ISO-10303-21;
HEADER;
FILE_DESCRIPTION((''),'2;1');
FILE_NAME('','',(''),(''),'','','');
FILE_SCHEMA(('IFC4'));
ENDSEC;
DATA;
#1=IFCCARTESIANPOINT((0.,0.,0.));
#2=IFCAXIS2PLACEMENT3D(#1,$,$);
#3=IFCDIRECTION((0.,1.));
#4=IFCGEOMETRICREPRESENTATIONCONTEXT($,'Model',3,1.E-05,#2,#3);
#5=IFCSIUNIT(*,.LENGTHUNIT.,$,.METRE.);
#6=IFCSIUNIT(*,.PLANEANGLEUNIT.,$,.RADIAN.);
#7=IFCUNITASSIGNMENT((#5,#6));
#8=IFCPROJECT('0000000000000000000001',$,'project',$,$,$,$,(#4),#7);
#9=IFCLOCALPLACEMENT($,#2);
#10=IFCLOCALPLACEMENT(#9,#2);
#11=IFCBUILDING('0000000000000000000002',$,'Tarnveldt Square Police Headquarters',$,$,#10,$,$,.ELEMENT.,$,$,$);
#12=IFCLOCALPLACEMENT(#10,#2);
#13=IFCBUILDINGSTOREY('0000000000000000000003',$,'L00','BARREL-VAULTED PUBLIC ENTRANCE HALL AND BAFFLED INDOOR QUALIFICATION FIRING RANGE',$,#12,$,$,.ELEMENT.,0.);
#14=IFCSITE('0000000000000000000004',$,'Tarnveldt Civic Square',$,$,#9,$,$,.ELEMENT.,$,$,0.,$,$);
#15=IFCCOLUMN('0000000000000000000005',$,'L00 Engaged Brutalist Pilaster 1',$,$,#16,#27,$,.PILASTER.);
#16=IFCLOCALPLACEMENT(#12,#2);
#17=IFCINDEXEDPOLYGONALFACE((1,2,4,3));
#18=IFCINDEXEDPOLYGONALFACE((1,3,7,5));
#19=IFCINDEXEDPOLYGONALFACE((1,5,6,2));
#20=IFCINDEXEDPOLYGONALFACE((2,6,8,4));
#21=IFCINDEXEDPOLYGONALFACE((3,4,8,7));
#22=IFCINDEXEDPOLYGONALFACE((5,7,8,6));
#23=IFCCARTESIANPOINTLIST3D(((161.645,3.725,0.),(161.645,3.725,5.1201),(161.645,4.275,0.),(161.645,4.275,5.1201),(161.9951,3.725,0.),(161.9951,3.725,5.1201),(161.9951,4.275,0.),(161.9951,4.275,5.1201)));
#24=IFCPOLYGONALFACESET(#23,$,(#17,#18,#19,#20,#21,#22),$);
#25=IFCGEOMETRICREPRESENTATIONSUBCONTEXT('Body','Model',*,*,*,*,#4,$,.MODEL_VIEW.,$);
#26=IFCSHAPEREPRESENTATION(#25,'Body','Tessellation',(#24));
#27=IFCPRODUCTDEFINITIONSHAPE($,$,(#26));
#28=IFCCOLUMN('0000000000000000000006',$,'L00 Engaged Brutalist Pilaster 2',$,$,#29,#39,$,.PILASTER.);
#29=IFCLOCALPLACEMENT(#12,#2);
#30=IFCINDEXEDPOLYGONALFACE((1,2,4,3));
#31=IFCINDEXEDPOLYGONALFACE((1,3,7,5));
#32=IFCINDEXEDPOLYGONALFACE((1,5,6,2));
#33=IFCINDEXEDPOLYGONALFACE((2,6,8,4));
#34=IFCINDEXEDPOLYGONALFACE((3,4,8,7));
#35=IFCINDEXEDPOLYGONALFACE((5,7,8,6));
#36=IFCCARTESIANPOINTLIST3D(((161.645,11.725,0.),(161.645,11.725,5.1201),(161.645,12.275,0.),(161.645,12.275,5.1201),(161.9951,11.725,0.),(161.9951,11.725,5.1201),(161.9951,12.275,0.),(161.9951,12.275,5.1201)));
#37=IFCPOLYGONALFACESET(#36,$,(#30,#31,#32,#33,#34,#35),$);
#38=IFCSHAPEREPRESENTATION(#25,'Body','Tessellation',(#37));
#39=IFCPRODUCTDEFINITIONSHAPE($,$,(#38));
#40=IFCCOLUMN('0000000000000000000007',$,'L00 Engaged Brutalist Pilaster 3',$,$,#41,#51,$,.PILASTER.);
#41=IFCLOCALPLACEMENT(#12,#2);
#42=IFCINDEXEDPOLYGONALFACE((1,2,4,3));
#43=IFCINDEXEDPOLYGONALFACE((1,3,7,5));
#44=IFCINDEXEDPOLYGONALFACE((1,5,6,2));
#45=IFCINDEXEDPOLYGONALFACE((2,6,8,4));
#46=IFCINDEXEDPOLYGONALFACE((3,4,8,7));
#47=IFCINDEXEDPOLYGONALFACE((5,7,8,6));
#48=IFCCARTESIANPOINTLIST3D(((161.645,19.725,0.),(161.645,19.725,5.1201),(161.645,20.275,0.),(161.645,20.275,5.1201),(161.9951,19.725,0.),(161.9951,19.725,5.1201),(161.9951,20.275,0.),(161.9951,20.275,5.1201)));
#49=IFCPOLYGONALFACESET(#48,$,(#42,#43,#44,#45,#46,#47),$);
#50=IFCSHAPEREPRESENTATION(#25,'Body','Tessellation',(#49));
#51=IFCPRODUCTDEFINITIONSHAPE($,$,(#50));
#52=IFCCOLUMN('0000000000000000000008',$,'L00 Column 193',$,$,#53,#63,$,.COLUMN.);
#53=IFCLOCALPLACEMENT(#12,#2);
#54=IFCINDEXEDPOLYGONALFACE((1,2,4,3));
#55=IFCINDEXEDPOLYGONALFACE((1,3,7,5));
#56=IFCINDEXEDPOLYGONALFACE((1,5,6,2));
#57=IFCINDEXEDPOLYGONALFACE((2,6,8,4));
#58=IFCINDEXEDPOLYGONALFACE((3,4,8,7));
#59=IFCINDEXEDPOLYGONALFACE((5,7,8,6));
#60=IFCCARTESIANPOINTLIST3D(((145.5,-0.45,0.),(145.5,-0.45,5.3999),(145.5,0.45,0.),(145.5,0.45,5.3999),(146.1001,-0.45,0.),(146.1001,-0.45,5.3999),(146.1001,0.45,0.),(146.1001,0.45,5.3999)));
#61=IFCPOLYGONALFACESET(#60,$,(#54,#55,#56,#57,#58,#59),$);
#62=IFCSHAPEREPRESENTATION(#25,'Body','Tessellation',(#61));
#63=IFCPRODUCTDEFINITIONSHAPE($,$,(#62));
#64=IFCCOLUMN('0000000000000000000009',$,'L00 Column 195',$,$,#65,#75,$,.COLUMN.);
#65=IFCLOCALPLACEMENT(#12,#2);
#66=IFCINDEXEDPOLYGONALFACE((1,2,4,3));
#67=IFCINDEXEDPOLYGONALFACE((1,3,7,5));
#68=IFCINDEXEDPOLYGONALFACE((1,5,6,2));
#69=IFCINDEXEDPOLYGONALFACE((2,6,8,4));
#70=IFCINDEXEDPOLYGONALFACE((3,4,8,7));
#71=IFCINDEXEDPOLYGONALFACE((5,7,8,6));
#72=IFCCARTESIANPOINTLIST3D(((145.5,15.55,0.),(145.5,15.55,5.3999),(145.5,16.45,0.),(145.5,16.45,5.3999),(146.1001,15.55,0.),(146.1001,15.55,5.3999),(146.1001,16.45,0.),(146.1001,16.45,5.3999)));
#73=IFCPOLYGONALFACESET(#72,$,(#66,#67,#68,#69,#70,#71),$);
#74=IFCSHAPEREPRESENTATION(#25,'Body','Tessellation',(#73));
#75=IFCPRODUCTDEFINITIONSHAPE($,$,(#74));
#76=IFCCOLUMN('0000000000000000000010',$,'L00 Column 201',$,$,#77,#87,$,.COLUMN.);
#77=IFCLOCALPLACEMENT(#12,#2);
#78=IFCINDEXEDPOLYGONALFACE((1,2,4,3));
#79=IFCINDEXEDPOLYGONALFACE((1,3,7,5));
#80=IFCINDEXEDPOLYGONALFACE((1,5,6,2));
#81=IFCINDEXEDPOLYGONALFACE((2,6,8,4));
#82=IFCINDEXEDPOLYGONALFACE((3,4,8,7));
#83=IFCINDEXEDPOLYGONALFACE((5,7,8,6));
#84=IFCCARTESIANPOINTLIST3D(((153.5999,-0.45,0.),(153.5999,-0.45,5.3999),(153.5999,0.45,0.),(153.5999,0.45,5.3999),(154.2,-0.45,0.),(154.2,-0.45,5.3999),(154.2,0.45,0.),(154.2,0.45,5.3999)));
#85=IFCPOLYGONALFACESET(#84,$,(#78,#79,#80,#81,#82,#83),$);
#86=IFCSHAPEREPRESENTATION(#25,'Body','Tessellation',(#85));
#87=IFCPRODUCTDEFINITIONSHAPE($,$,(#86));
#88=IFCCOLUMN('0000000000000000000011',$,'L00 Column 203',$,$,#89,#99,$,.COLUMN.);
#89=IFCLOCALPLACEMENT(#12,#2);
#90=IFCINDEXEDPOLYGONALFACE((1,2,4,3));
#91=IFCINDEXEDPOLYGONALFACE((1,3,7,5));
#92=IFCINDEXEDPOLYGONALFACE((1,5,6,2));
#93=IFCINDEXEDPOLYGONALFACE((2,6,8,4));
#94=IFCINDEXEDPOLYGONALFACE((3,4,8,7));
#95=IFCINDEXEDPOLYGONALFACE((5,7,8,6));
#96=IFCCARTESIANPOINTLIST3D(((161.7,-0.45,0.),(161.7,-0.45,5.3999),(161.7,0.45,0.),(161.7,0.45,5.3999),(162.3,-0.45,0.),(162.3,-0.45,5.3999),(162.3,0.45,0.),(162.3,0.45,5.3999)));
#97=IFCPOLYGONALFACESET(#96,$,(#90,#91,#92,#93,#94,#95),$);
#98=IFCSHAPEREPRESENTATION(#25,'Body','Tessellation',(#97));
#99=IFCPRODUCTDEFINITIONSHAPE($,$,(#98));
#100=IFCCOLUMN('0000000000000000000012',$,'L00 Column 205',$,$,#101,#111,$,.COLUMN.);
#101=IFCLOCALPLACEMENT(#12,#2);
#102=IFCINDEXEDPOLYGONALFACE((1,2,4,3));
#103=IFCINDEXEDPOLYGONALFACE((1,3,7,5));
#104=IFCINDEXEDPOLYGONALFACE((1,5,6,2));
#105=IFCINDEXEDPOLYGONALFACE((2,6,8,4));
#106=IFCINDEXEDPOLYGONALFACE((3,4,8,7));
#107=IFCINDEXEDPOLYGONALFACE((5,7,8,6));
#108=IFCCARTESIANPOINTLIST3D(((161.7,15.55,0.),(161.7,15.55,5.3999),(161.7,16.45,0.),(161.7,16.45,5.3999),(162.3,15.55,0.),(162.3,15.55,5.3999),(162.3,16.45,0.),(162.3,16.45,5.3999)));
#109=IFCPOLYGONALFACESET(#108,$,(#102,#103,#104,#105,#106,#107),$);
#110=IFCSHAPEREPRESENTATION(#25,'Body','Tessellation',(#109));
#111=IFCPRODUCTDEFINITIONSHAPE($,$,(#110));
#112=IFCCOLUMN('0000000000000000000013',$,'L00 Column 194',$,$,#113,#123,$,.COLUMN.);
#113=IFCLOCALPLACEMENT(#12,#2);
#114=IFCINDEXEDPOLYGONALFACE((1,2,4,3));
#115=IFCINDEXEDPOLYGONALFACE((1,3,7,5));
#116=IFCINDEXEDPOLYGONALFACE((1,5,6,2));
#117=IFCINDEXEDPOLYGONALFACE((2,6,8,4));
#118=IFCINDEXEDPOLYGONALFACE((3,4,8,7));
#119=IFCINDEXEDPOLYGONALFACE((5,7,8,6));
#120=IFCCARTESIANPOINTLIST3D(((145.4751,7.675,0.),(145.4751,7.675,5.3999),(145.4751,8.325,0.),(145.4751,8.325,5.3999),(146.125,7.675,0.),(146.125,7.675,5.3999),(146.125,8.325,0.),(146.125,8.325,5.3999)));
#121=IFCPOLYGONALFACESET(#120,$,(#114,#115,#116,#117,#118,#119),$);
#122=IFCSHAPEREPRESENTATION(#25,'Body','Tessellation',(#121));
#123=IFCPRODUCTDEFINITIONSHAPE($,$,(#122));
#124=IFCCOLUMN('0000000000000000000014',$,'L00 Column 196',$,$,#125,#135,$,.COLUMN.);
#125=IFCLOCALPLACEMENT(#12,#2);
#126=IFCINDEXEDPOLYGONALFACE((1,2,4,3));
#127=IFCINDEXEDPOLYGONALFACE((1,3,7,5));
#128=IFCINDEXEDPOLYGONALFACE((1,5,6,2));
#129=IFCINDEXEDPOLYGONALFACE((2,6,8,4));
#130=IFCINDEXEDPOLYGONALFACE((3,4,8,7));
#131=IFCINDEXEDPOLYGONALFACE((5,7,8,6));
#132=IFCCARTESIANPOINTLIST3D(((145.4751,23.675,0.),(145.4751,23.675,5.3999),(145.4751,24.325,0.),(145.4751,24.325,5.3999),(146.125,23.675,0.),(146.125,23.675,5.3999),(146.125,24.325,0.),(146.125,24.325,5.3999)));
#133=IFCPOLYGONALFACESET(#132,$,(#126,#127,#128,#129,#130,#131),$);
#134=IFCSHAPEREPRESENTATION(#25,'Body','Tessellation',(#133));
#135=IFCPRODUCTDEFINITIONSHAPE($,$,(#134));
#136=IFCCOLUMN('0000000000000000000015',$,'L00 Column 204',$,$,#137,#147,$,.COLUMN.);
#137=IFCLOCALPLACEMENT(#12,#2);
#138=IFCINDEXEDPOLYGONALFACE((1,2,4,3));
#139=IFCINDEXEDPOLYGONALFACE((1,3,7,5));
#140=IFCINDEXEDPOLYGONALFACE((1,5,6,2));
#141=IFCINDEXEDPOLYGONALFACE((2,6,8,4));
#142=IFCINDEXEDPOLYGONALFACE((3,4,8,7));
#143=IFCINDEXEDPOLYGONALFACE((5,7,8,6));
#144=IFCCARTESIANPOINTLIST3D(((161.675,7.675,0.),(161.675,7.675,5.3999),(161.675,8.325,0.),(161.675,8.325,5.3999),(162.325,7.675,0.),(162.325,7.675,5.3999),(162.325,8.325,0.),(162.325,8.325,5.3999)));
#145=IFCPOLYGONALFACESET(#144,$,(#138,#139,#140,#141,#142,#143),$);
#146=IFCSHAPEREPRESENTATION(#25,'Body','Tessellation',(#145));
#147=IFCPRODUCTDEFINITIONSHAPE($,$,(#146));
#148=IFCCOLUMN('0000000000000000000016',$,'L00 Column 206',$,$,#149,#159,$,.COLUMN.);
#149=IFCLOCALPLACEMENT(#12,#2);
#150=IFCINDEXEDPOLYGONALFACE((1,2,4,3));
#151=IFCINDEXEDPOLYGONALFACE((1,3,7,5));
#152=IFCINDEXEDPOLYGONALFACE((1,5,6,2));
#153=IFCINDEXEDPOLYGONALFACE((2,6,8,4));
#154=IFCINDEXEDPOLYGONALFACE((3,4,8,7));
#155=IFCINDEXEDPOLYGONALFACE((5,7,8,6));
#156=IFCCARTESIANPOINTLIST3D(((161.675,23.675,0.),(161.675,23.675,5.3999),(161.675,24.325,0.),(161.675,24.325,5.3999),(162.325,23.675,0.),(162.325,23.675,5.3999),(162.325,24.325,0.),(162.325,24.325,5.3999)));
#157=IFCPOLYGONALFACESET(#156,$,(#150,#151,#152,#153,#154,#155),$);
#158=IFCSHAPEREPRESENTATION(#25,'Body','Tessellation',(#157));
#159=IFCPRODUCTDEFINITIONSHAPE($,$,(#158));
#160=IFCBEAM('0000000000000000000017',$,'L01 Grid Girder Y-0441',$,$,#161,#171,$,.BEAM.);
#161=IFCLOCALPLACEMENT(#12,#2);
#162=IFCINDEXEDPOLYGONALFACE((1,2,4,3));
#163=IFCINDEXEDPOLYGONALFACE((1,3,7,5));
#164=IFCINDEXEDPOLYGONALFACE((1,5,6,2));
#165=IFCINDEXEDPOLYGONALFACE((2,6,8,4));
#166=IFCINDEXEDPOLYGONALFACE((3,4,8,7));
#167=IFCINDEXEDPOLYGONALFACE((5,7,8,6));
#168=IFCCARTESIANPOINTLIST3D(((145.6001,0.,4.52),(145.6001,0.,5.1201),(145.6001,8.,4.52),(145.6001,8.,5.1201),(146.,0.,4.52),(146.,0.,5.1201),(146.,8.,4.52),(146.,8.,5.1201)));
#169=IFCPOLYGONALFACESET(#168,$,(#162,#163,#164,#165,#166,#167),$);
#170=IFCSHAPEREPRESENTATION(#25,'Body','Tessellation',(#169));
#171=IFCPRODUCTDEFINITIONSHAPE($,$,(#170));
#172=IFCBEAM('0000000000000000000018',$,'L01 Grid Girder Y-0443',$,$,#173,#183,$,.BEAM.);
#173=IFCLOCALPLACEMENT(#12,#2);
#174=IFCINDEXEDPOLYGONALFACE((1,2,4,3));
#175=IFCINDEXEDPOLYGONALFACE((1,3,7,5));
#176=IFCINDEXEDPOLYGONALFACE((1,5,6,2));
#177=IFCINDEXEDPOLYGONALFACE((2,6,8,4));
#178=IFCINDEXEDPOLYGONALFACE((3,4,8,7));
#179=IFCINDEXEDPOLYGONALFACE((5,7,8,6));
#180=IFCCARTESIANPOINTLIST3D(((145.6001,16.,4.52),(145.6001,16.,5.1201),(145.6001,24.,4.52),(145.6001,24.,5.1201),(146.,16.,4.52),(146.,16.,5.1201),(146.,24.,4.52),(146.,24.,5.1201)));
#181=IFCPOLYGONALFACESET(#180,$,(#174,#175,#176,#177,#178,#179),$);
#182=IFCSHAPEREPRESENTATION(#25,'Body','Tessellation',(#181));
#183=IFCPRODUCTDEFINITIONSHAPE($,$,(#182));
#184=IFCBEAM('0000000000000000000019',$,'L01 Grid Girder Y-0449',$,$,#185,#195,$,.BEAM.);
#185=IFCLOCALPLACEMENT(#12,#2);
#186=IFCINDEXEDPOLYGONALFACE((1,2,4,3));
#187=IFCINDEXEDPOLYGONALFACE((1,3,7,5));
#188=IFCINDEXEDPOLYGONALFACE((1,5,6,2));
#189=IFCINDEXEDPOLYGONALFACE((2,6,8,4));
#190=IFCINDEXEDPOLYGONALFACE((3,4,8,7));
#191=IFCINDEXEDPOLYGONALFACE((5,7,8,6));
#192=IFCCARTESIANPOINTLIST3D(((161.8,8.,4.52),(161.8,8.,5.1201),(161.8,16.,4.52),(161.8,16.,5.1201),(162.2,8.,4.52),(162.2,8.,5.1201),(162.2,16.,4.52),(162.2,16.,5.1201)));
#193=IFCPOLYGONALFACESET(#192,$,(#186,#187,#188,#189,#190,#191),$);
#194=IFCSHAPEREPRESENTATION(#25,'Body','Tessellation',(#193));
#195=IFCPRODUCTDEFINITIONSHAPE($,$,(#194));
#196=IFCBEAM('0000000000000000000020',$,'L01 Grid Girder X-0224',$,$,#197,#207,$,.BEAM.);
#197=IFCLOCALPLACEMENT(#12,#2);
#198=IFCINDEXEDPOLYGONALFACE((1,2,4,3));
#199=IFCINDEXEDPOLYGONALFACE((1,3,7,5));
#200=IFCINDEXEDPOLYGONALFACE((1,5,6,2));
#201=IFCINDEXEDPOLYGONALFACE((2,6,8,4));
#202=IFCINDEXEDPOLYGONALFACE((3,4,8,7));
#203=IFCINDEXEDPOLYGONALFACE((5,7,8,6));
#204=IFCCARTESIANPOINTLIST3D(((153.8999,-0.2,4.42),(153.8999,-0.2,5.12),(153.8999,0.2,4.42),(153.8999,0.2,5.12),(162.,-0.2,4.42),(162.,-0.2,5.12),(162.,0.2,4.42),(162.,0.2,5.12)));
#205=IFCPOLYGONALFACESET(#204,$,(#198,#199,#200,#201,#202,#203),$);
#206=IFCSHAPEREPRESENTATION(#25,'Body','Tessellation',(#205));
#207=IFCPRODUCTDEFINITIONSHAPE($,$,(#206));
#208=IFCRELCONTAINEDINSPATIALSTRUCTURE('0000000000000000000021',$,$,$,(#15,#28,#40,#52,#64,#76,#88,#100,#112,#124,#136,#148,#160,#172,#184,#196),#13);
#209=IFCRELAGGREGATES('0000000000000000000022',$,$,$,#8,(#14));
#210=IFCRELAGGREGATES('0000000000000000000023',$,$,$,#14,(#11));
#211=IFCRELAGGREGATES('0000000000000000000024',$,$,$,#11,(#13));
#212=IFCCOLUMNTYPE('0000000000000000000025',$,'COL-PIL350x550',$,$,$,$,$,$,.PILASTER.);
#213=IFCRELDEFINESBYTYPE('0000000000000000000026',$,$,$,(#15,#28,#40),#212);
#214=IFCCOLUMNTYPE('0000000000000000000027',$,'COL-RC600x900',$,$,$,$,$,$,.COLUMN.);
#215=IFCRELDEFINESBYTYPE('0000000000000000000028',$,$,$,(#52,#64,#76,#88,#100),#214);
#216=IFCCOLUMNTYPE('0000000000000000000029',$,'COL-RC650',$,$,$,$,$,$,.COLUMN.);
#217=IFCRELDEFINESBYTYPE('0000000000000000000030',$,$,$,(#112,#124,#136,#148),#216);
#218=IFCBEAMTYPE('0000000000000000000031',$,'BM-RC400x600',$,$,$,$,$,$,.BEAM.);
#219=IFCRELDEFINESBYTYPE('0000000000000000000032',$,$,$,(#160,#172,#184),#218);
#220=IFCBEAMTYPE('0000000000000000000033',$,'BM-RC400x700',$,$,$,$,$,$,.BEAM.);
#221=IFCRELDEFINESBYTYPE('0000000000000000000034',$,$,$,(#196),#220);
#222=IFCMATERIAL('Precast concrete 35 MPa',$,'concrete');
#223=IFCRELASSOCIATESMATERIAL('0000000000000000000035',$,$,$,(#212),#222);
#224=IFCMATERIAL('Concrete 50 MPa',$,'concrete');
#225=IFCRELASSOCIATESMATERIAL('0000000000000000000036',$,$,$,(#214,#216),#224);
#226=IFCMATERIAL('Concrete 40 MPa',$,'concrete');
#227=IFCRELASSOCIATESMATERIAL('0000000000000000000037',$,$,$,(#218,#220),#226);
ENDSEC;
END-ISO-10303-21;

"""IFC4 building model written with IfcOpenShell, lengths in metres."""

from ifc_helpers import new_model, si_unit, direction, frame, origin, origin_2d, place, context, subcontext, project, spatial, rectangle, extrude, material, material_profile, profile_set, type_object, element, save


model = new_model("IFC4")

# Units and contexts
model_context = context("Model", 3, precision=1e-05, world=origin(), true_north=direction((0.0, 1.0)))
body_context = subcontext(model_context, "Body", "Model", "MODEL_VIEW")
ifc_project = project(units=[si_unit("LENGTHUNIT", "METRE"), si_unit("PLANEANGLEUNIT", "RADIAN")], contexts=[model_context])

# Site, building, storey
site_placement = place(None, origin())
site = spatial("IfcSite", under=ifc_project, at=site_placement, Name="Tarnveldt Civic Square", CompositionType="ELEMENT", RefElevation=0.0)
building_placement = place(site_placement, origin())
building = spatial("IfcBuilding", under=site, at=building_placement, Name="Tarnveldt Square Police Headquarters", CompositionType="ELEMENT")
storey_placement = place(building_placement, origin())
storey = spatial("IfcBuildingStorey", under=building, at=storey_placement, Name="L00", Description="BARREL-VAULTED PUBLIC ENTRANCE HALL AND BAFFLED INDOOR QUALIFICATION FIRING RANGE", CompositionType="ELEMENT", Elevation=0.0)

# Columns
ifc_material_1 = material(Name="Precast concrete 35 MPa", Category="concrete")
ifc_material_profile_1 = material_profile(ifc_material_1, rectangle(XDim=0.3501, YDim=0.55, at=origin_2d()), Name="RC-PIL350x550")
ifc_profile_set_1 = profile_set([ifc_material_profile_1], Name="Precast concrete 35 MPa")
column_type_1 = type_object("IfcColumnType", Name="COL-PIL350x550", PredefinedType="PILASTER", material=ifc_profile_set_1)
for number, where, z_axis, x_axis, name in (
    (1, (161.8201, 4.0, 0.0), (0.0, 0.0, 1.0), (1.0, 0.0, 0.0), "L00 Engaged Brutalist Pilaster 1"),
    (2, (161.8201, 12.0, 0.0), (0.0, 0.0, 1.0), (1.0, 0.0, 0.0), "L00 Engaged Brutalist Pilaster 2"),
    (3, (161.8201, 20.0, 0.0), (0.0, 0.0, 1.0), (1.0, 0.0, 0.0), "L00 Engaged Brutalist Pilaster 3"),
):
    element("IfcColumn", number, at=place(storey_placement, frame(where, z_axis=z_axis, x_axis=x_axis)), inside=storey, type_object=column_type_1, Name=name, PredefinedType="PILASTER", context=body_context, shape_type="SweptSolid", body=[
        extrude(rectangle(XDim=0.3501, YDim=0.55, at=origin_2d()), origin(), (0.0, 0.0, 1.0), 5.1201),
    ])
ifc_material_2 = material(Name="Concrete 50 MPa", Category="concrete")
ifc_material_profile_2 = material_profile(ifc_material_2, rectangle(XDim=0.6001, YDim=0.8999, at=origin_2d()), Name="RC-C600x900")
ifc_profile_set_2 = profile_set([ifc_material_profile_2], Name="Concrete 50 MPa")
column_type_2 = type_object("IfcColumnType", Name="COL-RC600x900", PredefinedType="COLUMN", material=ifc_profile_set_2)
for number, where, z_axis, x_axis, name in (
    (4, (145.8, 0.0, 0.0), (0.0, 0.0, 1.0), (1.0, 0.0, 0.0), "L00 Column 193"),
    (5, (145.8, 16.0, 0.0), (0.0, 0.0, 1.0), (1.0, 0.0, 0.0), "L00 Column 195"),
    (6, (153.8999, 0.0, 0.0), (0.0, 0.0, 1.0), (1.0, 0.0, 0.0), "L00 Column 201"),
    (7, (162.0, 0.0, 0.0), (0.0, 0.0, 1.0), (1.0, 0.0, 0.0), "L00 Column 203"),
    (8, (162.0, 16.0, 0.0), (0.0, 0.0, 1.0), (1.0, 0.0, 0.0), "L00 Column 205"),
):
    element("IfcColumn", number, at=place(storey_placement, frame(where, z_axis=z_axis, x_axis=x_axis)), inside=storey, type_object=column_type_2, Name=name, PredefinedType="COLUMN", context=body_context, shape_type="SweptSolid", body=[
        extrude(rectangle(XDim=0.6001, YDim=0.8999, at=origin_2d()), origin(), (0.0, 0.0, 1.0), 5.3999),
    ])
ifc_material_profile_3 = material_profile(ifc_material_2, rectangle(XDim=0.6499, YDim=0.6499, at=origin_2d()), Name="RC-C650x650")
ifc_profile_set_3 = profile_set([ifc_material_profile_3], Name="Concrete 50 MPa")
column_type_3 = type_object("IfcColumnType", Name="COL-RC650", PredefinedType="COLUMN", material=ifc_profile_set_3)
for number, where, z_axis, x_axis, name in (
    (9, (145.8, 8.0, 0.0), (0.0, 0.0, 1.0), (1.0, 0.0, 0.0), "L00 Column 194"),
    (10, (145.8, 24.0, 0.0), (0.0, 0.0, 1.0), (1.0, 0.0, 0.0), "L00 Column 196"),
    (11, (162.0, 8.0, 0.0), (0.0, 0.0, 1.0), (1.0, 0.0, 0.0), "L00 Column 204"),
    (12, (162.0, 24.0, 0.0), (0.0, 0.0, 1.0), (1.0, 0.0, 0.0), "L00 Column 206"),
):
    element("IfcColumn", number, at=place(storey_placement, frame(where, z_axis=z_axis, x_axis=x_axis)), inside=storey, type_object=column_type_3, Name=name, PredefinedType="COLUMN", context=body_context, shape_type="SweptSolid", body=[
        extrude(rectangle(XDim=0.6499, YDim=0.6499, at=origin_2d()), origin(), (0.0, 0.0, 1.0), 5.3999),
    ])

# Beams
ifc_material_3 = material(Name="Concrete 40 MPa", Category="concrete")
ifc_material_profile_4 = material_profile(ifc_material_3, rectangle(XDim=0.3999, YDim=0.6001, at=origin_2d()), Name="RC-B400x600")
ifc_profile_set_4 = profile_set([ifc_material_profile_4], Name="Concrete 40 MPa")
beam_type_1 = type_object("IfcBeamType", Name="BM-RC400x600", PredefinedType="BEAM", material=ifc_profile_set_4)
for number, where, z_axis, x_axis, name in (
    (13, (145.8, 0.0, 4.8201), (0.0, 1.0, 0.0), (-1.0, 0.0, 0.0), "L01 Grid Girder Y-0441"),
    (14, (145.8, 16.0, 4.8201), (0.0, 1.0, 0.0), (-1.0, 0.0, 0.0), "L01 Grid Girder Y-0443"),
    (15, (162.0, 8.0, 4.8201), (0.0, 1.0, 0.0), (-1.0, 0.0, 0.0), "L01 Grid Girder Y-0449"),
):
    element("IfcBeam", number, at=place(storey_placement, frame(where, z_axis=z_axis, x_axis=x_axis)), inside=storey, type_object=beam_type_1, Name=name, PredefinedType="BEAM", context=body_context, shape_type="SweptSolid", body=[
        extrude(rectangle(XDim=0.3999, YDim=0.6001, at=origin_2d()), origin(), (0.0, 0.0, 1.0), 8.0),
    ])
ifc_material_profile_5 = material_profile(ifc_material_3, rectangle(XDim=0.3999, YDim=0.7, at=origin_2d()), Name="RC-B400x700")
ifc_profile_set_5 = profile_set([ifc_material_profile_5], Name="Concrete 40 MPa")
beam_type_2 = type_object("IfcBeamType", Name="BM-RC400x700", PredefinedType="BEAM", material=ifc_profile_set_5)
beam_1_placement = place(storey_placement, frame((153.8999, 0.0, 4.77), z_axis=(1.0, 0.0, 0.0), x_axis=(0.0, 1.0, 0.0)))
element("IfcBeam", 16, at=beam_1_placement, inside=storey, type_object=beam_type_2, Name="L01 Grid Girder X-0224", PredefinedType="BEAM", context=body_context, shape_type="SweptSolid", body=[
    extrude(rectangle(XDim=0.3999, YDim=0.7, at=origin_2d()), origin(), (0.0, 0.0, 1.0), 8.1001),
])

save(model, "model.ifc")
